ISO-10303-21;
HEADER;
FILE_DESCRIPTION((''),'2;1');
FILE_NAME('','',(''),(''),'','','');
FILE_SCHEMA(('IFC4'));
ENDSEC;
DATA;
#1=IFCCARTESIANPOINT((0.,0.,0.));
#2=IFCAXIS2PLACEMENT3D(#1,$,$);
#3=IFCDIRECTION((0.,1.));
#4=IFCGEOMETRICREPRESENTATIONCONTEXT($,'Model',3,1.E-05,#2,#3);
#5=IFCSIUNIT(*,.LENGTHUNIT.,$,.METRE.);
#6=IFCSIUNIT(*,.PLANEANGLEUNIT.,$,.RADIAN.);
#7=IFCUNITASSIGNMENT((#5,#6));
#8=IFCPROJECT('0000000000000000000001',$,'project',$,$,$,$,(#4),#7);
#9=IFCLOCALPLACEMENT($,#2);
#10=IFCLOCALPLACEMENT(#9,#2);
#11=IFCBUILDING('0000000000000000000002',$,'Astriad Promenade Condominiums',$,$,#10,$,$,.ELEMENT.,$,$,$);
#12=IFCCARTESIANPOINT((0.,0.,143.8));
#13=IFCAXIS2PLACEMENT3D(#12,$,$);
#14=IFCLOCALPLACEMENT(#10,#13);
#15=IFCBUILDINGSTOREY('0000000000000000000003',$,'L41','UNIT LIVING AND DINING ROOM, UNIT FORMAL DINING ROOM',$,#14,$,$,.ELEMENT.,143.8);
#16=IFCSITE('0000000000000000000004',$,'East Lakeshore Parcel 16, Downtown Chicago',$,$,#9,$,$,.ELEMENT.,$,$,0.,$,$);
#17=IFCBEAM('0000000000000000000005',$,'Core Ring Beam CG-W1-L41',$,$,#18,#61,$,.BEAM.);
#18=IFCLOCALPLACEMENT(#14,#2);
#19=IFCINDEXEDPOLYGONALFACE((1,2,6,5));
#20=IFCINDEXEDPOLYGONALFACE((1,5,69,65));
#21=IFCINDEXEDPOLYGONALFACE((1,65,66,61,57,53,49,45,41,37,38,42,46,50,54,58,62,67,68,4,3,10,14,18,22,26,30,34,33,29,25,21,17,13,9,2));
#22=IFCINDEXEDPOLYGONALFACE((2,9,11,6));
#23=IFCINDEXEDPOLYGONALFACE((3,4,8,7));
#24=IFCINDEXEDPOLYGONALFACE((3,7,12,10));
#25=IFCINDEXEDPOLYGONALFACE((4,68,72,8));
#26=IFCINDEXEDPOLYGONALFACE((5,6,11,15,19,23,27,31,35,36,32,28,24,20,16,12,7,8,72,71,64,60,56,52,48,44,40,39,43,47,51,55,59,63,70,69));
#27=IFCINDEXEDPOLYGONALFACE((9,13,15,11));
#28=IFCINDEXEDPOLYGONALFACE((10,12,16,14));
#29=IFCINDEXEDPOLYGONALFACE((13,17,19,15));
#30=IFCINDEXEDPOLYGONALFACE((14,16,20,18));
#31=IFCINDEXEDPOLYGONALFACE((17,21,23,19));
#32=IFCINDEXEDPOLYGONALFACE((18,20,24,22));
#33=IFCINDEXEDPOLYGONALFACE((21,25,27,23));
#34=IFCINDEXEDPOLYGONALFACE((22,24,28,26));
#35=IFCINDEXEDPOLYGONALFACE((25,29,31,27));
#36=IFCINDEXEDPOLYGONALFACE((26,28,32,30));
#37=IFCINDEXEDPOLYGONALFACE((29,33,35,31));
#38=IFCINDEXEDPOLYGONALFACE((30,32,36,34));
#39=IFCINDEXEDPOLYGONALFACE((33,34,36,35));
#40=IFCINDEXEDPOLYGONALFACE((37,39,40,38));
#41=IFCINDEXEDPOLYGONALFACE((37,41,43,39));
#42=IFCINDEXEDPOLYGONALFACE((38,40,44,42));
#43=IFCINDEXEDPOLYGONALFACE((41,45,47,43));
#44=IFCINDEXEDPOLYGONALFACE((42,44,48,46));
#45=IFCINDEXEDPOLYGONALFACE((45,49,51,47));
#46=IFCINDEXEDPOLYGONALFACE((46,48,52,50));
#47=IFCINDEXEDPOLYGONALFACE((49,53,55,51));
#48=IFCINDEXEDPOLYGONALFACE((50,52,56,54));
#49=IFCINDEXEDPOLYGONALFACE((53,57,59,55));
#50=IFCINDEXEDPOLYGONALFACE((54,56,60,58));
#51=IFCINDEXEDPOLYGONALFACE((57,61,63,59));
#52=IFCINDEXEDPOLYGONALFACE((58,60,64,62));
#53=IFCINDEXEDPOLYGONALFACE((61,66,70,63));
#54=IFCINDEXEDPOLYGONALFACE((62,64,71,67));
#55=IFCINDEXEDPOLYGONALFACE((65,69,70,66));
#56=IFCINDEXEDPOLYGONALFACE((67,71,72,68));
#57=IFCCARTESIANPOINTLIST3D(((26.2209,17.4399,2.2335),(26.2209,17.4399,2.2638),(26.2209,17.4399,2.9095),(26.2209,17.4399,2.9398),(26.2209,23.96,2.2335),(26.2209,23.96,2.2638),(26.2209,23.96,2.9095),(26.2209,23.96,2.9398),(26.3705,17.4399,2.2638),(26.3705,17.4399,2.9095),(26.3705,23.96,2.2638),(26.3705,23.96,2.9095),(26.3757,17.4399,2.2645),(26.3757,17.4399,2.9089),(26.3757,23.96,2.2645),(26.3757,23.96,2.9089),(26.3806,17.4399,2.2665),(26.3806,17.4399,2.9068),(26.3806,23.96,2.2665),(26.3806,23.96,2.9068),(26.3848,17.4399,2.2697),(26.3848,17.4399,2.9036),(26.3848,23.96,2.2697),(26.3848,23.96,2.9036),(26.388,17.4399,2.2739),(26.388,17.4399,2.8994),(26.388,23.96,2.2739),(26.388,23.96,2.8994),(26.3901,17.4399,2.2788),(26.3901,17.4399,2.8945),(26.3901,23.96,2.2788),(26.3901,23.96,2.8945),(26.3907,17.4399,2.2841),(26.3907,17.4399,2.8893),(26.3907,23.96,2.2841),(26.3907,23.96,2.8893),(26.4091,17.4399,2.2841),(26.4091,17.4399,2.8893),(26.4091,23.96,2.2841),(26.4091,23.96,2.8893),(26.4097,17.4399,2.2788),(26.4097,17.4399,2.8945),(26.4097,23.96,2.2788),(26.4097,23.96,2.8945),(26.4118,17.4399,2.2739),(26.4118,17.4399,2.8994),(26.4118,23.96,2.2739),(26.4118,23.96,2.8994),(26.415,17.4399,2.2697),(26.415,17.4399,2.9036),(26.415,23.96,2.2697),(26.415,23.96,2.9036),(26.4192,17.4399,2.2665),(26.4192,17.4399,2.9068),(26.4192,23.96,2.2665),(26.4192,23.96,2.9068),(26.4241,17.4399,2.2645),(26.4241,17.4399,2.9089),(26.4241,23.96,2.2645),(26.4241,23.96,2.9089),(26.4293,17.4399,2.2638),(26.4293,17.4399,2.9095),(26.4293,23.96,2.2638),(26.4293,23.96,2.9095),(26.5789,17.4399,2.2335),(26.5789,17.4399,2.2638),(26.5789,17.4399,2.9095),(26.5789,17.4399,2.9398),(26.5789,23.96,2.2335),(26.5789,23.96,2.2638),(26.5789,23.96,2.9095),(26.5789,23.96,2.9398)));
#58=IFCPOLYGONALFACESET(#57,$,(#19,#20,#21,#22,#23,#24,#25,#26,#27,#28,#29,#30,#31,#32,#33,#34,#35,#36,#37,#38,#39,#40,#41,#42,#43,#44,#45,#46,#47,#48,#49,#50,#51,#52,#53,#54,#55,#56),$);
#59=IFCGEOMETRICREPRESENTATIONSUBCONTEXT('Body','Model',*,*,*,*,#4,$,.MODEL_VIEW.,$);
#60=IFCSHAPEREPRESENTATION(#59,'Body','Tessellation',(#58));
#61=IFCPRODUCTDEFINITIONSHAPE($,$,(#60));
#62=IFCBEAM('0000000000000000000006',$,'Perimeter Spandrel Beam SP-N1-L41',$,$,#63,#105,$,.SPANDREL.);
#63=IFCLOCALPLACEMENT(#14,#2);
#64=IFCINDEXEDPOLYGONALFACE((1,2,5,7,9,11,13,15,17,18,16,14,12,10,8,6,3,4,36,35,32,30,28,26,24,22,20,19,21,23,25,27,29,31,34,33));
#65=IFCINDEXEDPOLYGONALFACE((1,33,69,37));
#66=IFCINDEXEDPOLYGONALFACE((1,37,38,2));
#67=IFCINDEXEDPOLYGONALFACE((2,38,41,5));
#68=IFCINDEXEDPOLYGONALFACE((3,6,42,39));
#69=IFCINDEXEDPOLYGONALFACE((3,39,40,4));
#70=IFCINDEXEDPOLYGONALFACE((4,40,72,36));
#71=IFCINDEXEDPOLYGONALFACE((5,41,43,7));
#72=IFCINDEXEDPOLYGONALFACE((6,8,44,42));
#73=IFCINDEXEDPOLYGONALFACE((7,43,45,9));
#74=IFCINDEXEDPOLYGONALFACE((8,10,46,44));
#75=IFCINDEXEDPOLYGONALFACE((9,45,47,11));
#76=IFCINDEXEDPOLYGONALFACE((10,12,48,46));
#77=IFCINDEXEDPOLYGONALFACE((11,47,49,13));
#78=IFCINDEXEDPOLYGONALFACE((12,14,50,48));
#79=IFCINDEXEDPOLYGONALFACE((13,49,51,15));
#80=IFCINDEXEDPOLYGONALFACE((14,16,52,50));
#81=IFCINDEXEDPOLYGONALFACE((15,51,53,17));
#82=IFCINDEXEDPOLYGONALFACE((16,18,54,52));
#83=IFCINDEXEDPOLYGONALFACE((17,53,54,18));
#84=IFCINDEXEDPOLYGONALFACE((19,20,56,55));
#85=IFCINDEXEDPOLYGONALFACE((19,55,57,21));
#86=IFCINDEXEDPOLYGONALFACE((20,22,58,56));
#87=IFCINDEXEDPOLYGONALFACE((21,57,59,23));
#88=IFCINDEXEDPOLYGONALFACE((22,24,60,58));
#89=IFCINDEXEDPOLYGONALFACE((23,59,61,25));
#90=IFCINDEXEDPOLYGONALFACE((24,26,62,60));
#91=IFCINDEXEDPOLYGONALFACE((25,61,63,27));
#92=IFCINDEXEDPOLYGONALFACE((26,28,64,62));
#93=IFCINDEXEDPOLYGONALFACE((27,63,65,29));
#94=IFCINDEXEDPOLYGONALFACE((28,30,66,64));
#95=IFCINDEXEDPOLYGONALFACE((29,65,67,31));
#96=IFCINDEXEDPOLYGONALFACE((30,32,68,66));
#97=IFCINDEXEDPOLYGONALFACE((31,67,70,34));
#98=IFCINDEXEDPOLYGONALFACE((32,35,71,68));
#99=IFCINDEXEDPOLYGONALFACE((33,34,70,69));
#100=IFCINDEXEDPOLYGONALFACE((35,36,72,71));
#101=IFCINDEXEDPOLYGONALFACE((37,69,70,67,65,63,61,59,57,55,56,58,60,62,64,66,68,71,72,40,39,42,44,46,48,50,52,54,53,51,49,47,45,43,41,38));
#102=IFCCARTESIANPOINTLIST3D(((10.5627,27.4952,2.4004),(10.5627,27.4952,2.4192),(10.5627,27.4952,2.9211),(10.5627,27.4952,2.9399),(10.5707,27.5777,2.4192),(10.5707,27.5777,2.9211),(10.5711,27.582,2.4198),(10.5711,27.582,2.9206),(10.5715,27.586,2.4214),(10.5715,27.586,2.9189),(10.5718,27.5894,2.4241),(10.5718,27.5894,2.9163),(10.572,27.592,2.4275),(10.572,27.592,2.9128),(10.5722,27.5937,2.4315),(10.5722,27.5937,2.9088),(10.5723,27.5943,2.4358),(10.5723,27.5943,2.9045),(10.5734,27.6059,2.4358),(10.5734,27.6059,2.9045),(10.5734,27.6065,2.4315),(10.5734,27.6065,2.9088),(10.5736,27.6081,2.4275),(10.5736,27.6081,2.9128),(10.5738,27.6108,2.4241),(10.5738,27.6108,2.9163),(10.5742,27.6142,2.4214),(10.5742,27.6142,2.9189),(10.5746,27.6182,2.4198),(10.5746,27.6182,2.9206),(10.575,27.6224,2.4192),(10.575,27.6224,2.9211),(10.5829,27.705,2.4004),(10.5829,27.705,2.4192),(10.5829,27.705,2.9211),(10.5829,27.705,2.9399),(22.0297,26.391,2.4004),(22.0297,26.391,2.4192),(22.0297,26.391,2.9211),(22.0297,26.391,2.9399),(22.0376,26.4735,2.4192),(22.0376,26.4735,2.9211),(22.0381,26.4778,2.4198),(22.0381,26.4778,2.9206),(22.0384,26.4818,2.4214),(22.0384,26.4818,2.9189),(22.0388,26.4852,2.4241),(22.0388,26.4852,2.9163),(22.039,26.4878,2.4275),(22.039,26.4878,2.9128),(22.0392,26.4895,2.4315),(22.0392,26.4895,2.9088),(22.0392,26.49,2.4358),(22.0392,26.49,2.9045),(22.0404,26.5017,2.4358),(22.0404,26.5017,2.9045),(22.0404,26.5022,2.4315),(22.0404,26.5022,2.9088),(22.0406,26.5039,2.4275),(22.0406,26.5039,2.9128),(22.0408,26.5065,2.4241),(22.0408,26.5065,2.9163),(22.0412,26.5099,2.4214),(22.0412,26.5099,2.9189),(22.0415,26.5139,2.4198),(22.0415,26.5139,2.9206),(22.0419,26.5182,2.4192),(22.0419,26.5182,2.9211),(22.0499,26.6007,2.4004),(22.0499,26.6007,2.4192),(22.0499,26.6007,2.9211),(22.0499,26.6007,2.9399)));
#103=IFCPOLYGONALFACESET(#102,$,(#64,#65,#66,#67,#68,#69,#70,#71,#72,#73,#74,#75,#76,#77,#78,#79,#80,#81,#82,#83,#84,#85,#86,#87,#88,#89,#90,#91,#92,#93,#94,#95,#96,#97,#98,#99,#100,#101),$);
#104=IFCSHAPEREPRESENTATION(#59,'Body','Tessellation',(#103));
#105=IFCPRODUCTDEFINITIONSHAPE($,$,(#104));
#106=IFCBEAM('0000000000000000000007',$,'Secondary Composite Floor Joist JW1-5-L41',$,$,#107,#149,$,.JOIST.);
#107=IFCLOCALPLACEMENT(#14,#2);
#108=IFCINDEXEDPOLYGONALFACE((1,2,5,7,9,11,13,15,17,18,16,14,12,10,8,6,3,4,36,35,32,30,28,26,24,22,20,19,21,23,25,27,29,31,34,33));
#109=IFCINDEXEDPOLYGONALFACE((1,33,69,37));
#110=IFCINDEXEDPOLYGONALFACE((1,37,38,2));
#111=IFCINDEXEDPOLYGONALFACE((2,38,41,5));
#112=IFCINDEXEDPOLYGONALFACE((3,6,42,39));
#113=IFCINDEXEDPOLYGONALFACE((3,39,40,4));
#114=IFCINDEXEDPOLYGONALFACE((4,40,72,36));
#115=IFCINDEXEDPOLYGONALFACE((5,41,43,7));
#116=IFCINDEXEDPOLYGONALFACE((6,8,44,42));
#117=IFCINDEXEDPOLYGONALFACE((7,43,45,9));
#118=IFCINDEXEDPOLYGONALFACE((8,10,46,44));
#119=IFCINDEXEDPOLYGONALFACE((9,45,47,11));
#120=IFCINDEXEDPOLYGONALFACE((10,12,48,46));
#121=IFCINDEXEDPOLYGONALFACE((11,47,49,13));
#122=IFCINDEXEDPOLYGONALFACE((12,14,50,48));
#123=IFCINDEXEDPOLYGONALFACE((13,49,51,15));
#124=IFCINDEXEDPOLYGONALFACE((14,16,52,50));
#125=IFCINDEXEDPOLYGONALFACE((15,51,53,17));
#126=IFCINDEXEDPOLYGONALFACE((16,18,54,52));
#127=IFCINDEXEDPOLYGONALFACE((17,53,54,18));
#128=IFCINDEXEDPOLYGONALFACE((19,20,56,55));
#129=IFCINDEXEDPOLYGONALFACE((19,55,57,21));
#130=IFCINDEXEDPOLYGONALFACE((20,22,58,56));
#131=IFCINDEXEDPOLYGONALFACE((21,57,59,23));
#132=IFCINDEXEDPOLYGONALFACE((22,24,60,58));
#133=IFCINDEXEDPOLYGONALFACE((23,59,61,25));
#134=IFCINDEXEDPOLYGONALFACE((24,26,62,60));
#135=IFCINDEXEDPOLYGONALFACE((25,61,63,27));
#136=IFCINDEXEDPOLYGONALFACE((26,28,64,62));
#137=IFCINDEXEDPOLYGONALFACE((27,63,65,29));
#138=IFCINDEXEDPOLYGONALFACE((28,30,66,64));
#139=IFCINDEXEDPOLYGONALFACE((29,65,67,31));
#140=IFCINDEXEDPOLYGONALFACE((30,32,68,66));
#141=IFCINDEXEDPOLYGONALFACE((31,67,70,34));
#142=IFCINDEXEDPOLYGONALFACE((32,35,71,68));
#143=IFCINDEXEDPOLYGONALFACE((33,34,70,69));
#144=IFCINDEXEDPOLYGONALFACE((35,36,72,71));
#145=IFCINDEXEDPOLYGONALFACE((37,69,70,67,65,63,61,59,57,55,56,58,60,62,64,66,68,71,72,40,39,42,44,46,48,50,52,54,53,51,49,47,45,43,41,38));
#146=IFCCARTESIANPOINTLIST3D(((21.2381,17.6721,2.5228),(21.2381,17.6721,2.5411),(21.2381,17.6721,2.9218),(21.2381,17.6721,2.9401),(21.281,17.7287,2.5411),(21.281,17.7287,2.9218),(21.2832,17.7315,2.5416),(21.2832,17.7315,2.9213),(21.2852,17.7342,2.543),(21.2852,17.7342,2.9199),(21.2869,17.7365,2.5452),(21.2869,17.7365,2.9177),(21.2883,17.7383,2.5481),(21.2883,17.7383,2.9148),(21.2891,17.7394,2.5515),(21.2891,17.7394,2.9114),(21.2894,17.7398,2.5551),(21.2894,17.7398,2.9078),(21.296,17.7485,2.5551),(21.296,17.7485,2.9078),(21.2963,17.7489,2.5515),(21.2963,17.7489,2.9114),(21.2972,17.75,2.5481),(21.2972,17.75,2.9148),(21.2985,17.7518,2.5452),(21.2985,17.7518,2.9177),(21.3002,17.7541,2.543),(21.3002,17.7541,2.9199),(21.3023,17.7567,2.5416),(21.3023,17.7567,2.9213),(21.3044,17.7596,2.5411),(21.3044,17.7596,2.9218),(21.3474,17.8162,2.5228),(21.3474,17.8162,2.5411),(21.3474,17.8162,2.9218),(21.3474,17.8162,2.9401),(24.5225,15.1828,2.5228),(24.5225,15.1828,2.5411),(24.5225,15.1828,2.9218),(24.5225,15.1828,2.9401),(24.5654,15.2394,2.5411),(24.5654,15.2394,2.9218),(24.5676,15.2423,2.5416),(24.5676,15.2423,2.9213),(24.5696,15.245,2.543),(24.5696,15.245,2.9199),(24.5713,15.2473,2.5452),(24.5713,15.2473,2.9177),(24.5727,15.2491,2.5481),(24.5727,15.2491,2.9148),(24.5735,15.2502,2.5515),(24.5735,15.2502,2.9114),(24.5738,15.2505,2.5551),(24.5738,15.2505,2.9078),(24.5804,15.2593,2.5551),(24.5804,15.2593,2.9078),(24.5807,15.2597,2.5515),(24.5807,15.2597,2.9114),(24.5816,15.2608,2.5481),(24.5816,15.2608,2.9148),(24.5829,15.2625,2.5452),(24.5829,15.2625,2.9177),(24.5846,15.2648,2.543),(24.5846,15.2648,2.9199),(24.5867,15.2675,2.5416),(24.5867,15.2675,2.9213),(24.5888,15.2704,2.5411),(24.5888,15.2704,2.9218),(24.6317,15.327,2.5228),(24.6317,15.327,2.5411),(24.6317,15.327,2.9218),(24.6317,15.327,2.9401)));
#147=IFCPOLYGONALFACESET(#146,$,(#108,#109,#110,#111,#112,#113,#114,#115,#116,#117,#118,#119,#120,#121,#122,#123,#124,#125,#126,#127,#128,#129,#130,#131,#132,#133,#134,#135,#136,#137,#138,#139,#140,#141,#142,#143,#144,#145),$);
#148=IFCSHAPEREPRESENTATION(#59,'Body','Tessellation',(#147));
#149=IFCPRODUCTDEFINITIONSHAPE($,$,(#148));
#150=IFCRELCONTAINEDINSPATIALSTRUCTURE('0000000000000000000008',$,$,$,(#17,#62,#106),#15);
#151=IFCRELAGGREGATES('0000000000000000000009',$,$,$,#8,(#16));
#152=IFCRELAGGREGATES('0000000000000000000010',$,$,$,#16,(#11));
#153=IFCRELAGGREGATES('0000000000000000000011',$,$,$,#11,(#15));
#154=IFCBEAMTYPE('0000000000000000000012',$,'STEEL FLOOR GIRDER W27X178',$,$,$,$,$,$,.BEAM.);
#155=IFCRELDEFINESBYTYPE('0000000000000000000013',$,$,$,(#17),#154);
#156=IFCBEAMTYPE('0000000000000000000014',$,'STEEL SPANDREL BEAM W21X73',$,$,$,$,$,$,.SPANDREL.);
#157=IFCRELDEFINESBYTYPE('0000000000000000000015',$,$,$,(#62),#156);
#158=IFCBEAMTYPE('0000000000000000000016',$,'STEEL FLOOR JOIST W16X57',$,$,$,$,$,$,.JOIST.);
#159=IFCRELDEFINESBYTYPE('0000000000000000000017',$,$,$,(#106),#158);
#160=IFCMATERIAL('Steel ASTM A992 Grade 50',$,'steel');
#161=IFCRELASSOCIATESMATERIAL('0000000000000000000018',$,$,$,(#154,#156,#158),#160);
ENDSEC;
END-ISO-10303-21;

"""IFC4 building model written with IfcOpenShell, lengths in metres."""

from ifc_helpers import new_model, si_unit, direction, frame, origin, origin_2d, place, context, subcontext, project, spatial, i_section, extrude, source, transform, mapped, material, material_profile, profile_set, type_object, type_shapes, element, save


model = new_model("IFC4")

# Units and contexts
model_context = context("Model", 3, precision=1e-05, world=origin(), true_north=direction((0.0, 1.0)))
body_context = subcontext(model_context, "Body", "Model", "MODEL_VIEW")
ifc_project = project(units=[si_unit("LENGTHUNIT", "METRE"), si_unit("PLANEANGLEUNIT", "RADIAN")], contexts=[model_context])

# Site, building, storey
site_placement = place(None, origin())
site = spatial("IfcSite", under=ifc_project, at=site_placement, Name="East Lakeshore Parcel 16, Downtown Chicago", CompositionType="ELEMENT", RefElevation=0.0)
building_placement = place(site_placement, origin())
building = spatial("IfcBuilding", under=site, at=building_placement, Name="Astriad Promenade Condominiums", CompositionType="ELEMENT")
storey_placement = place(building_placement, frame((0.0, 0.0, 143.8)))
storey = spatial("IfcBuildingStorey", under=building, at=storey_placement, Name="L41", Description="UNIT LIVING AND DINING ROOM, UNIT FORMAL DINING ROOM", CompositionType="ELEMENT", Elevation=143.8)

# Shared definitions
ifc_material_1 = material(Name="Steel ASTM A992 Grade 50", Category="steel")

# Beams
ifc_material_profile_1 = material_profile(ifc_material_1, i_section(OverallWidth=0.3579, OverallDepth=0.7063, WebThickness=0.0183, FlangeThickness=0.0303, FilletRadius=0.0203, at=origin_2d()), Name="W27X178")
ifc_profile_set_1 = profile_set([ifc_material_profile_1], Name="Steel ASTM A992 Grade 50")
beam_type_1 = type_object("IfcBeamType", Name="STEEL FLOOR GIRDER W27X178", PredefinedType="BEAM", material=ifc_profile_set_1)
shared_shape_1 = source(origin(), body_context, "Body", "SweptSolid", [
    extrude(i_section(OverallWidth=0.3579, OverallDepth=0.7063, WebThickness=0.0183, FlangeThickness=0.0303, FilletRadius=0.0203, at=origin_2d()), origin(), (0.0, 0.0, 1.0), 6.52),
])
type_shapes(beam_type_1, [shared_shape_1])
beam_1_placement = place(storey_placement, frame((26.3999, 17.4399, 2.5867), z_axis=(0.0, 1.0, 0.0), x_axis=(-1.0, 0.0, 0.0)))
element("IfcBeam", 1, at=beam_1_placement, inside=storey, type_object=beam_type_1, Name="Core Ring Beam CG-W1-L41", PredefinedType="BEAM", context=body_context, shape_type="MappedRepresentation", body=[
    mapped(shared_shape_1, transform((0.0, 0.0, 0.0), scale=1.0)),
])
ifc_material_profile_2 = material_profile(ifc_material_1, i_section(OverallWidth=0.2107, OverallDepth=0.5396, WebThickness=0.0117, FlangeThickness=0.0188, FilletRadius=0.0166, at=origin_2d()), Name="W21X73")
ifc_profile_set_2 = profile_set([ifc_material_profile_2], Name="Steel ASTM A992 Grade 50")
beam_type_2 = type_object("IfcBeamType", Name="STEEL SPANDREL BEAM W21X73", PredefinedType="SPANDREL", material=ifc_profile_set_2)
shared_shape_2 = source(origin(), body_context, "Body", "SweptSolid", [
    extrude(i_section(OverallWidth=0.2107, OverallDepth=0.5396, WebThickness=0.0117, FlangeThickness=0.0188, FilletRadius=0.0166, at=origin_2d()), origin(), (0.0, 0.0, 1.0), 11.52),
])
type_shapes(beam_type_2, [shared_shape_2])
beam_2_placement = place(storey_placement, frame((22.0398, 26.4958, 2.6702), z_axis=(-0.995395, 0.095854, 0.0), x_axis=(-0.095854, -0.995395, 0.0)))
element("IfcBeam", 2, at=beam_2_placement, inside=storey, type_object=beam_type_2, Name="Perimeter Spandrel Beam SP-N1-L41", PredefinedType="SPANDREL", context=body_context, shape_type="MappedRepresentation", body=[
    mapped(shared_shape_2, transform((0.0, 0.0, 0.0), scale=1.0)),
])
ifc_material_profile_3 = material_profile(ifc_material_1, i_section(OverallWidth=0.1809, OverallDepth=0.4172, WebThickness=0.011, FlangeThickness=0.0183, FilletRadius=0.0139, at=origin_2d()), Name="W16X57")
ifc_profile_set_3 = profile_set([ifc_material_profile_3], Name="Steel ASTM A992 Grade 50")
beam_type_3 = type_object("IfcBeamType", Name="STEEL FLOOR JOIST W16X57", PredefinedType="JOIST", material=ifc_profile_set_3)
shared_shape_3 = source(origin(), body_context, "Body", "SweptSolid", [
    extrude(i_section(OverallWidth=0.1809, OverallDepth=0.4172, WebThickness=0.011, FlangeThickness=0.0183, FilletRadius=0.0139, at=origin_2d()), origin(), (0.0, 0.0, 1.0), 4.1211),
])
beam_3_placement = place(storey_placement, frame((21.2927, 17.7441, 2.7314), z_axis=(0.796969, -0.604021, 0.0), x_axis=(0.604021, 0.796969, 0.0)))
element("IfcBeam", 3, at=beam_3_placement, inside=storey, type_object=beam_type_3, Name="Secondary Composite Floor Joist JW1-5-L41", PredefinedType="JOIST", context=body_context, shape_type="MappedRepresentation", body=[
    mapped(shared_shape_3, transform((0.0, 0.0, 0.0), scale=1.0)),
])

save(model, "model.ifc")
